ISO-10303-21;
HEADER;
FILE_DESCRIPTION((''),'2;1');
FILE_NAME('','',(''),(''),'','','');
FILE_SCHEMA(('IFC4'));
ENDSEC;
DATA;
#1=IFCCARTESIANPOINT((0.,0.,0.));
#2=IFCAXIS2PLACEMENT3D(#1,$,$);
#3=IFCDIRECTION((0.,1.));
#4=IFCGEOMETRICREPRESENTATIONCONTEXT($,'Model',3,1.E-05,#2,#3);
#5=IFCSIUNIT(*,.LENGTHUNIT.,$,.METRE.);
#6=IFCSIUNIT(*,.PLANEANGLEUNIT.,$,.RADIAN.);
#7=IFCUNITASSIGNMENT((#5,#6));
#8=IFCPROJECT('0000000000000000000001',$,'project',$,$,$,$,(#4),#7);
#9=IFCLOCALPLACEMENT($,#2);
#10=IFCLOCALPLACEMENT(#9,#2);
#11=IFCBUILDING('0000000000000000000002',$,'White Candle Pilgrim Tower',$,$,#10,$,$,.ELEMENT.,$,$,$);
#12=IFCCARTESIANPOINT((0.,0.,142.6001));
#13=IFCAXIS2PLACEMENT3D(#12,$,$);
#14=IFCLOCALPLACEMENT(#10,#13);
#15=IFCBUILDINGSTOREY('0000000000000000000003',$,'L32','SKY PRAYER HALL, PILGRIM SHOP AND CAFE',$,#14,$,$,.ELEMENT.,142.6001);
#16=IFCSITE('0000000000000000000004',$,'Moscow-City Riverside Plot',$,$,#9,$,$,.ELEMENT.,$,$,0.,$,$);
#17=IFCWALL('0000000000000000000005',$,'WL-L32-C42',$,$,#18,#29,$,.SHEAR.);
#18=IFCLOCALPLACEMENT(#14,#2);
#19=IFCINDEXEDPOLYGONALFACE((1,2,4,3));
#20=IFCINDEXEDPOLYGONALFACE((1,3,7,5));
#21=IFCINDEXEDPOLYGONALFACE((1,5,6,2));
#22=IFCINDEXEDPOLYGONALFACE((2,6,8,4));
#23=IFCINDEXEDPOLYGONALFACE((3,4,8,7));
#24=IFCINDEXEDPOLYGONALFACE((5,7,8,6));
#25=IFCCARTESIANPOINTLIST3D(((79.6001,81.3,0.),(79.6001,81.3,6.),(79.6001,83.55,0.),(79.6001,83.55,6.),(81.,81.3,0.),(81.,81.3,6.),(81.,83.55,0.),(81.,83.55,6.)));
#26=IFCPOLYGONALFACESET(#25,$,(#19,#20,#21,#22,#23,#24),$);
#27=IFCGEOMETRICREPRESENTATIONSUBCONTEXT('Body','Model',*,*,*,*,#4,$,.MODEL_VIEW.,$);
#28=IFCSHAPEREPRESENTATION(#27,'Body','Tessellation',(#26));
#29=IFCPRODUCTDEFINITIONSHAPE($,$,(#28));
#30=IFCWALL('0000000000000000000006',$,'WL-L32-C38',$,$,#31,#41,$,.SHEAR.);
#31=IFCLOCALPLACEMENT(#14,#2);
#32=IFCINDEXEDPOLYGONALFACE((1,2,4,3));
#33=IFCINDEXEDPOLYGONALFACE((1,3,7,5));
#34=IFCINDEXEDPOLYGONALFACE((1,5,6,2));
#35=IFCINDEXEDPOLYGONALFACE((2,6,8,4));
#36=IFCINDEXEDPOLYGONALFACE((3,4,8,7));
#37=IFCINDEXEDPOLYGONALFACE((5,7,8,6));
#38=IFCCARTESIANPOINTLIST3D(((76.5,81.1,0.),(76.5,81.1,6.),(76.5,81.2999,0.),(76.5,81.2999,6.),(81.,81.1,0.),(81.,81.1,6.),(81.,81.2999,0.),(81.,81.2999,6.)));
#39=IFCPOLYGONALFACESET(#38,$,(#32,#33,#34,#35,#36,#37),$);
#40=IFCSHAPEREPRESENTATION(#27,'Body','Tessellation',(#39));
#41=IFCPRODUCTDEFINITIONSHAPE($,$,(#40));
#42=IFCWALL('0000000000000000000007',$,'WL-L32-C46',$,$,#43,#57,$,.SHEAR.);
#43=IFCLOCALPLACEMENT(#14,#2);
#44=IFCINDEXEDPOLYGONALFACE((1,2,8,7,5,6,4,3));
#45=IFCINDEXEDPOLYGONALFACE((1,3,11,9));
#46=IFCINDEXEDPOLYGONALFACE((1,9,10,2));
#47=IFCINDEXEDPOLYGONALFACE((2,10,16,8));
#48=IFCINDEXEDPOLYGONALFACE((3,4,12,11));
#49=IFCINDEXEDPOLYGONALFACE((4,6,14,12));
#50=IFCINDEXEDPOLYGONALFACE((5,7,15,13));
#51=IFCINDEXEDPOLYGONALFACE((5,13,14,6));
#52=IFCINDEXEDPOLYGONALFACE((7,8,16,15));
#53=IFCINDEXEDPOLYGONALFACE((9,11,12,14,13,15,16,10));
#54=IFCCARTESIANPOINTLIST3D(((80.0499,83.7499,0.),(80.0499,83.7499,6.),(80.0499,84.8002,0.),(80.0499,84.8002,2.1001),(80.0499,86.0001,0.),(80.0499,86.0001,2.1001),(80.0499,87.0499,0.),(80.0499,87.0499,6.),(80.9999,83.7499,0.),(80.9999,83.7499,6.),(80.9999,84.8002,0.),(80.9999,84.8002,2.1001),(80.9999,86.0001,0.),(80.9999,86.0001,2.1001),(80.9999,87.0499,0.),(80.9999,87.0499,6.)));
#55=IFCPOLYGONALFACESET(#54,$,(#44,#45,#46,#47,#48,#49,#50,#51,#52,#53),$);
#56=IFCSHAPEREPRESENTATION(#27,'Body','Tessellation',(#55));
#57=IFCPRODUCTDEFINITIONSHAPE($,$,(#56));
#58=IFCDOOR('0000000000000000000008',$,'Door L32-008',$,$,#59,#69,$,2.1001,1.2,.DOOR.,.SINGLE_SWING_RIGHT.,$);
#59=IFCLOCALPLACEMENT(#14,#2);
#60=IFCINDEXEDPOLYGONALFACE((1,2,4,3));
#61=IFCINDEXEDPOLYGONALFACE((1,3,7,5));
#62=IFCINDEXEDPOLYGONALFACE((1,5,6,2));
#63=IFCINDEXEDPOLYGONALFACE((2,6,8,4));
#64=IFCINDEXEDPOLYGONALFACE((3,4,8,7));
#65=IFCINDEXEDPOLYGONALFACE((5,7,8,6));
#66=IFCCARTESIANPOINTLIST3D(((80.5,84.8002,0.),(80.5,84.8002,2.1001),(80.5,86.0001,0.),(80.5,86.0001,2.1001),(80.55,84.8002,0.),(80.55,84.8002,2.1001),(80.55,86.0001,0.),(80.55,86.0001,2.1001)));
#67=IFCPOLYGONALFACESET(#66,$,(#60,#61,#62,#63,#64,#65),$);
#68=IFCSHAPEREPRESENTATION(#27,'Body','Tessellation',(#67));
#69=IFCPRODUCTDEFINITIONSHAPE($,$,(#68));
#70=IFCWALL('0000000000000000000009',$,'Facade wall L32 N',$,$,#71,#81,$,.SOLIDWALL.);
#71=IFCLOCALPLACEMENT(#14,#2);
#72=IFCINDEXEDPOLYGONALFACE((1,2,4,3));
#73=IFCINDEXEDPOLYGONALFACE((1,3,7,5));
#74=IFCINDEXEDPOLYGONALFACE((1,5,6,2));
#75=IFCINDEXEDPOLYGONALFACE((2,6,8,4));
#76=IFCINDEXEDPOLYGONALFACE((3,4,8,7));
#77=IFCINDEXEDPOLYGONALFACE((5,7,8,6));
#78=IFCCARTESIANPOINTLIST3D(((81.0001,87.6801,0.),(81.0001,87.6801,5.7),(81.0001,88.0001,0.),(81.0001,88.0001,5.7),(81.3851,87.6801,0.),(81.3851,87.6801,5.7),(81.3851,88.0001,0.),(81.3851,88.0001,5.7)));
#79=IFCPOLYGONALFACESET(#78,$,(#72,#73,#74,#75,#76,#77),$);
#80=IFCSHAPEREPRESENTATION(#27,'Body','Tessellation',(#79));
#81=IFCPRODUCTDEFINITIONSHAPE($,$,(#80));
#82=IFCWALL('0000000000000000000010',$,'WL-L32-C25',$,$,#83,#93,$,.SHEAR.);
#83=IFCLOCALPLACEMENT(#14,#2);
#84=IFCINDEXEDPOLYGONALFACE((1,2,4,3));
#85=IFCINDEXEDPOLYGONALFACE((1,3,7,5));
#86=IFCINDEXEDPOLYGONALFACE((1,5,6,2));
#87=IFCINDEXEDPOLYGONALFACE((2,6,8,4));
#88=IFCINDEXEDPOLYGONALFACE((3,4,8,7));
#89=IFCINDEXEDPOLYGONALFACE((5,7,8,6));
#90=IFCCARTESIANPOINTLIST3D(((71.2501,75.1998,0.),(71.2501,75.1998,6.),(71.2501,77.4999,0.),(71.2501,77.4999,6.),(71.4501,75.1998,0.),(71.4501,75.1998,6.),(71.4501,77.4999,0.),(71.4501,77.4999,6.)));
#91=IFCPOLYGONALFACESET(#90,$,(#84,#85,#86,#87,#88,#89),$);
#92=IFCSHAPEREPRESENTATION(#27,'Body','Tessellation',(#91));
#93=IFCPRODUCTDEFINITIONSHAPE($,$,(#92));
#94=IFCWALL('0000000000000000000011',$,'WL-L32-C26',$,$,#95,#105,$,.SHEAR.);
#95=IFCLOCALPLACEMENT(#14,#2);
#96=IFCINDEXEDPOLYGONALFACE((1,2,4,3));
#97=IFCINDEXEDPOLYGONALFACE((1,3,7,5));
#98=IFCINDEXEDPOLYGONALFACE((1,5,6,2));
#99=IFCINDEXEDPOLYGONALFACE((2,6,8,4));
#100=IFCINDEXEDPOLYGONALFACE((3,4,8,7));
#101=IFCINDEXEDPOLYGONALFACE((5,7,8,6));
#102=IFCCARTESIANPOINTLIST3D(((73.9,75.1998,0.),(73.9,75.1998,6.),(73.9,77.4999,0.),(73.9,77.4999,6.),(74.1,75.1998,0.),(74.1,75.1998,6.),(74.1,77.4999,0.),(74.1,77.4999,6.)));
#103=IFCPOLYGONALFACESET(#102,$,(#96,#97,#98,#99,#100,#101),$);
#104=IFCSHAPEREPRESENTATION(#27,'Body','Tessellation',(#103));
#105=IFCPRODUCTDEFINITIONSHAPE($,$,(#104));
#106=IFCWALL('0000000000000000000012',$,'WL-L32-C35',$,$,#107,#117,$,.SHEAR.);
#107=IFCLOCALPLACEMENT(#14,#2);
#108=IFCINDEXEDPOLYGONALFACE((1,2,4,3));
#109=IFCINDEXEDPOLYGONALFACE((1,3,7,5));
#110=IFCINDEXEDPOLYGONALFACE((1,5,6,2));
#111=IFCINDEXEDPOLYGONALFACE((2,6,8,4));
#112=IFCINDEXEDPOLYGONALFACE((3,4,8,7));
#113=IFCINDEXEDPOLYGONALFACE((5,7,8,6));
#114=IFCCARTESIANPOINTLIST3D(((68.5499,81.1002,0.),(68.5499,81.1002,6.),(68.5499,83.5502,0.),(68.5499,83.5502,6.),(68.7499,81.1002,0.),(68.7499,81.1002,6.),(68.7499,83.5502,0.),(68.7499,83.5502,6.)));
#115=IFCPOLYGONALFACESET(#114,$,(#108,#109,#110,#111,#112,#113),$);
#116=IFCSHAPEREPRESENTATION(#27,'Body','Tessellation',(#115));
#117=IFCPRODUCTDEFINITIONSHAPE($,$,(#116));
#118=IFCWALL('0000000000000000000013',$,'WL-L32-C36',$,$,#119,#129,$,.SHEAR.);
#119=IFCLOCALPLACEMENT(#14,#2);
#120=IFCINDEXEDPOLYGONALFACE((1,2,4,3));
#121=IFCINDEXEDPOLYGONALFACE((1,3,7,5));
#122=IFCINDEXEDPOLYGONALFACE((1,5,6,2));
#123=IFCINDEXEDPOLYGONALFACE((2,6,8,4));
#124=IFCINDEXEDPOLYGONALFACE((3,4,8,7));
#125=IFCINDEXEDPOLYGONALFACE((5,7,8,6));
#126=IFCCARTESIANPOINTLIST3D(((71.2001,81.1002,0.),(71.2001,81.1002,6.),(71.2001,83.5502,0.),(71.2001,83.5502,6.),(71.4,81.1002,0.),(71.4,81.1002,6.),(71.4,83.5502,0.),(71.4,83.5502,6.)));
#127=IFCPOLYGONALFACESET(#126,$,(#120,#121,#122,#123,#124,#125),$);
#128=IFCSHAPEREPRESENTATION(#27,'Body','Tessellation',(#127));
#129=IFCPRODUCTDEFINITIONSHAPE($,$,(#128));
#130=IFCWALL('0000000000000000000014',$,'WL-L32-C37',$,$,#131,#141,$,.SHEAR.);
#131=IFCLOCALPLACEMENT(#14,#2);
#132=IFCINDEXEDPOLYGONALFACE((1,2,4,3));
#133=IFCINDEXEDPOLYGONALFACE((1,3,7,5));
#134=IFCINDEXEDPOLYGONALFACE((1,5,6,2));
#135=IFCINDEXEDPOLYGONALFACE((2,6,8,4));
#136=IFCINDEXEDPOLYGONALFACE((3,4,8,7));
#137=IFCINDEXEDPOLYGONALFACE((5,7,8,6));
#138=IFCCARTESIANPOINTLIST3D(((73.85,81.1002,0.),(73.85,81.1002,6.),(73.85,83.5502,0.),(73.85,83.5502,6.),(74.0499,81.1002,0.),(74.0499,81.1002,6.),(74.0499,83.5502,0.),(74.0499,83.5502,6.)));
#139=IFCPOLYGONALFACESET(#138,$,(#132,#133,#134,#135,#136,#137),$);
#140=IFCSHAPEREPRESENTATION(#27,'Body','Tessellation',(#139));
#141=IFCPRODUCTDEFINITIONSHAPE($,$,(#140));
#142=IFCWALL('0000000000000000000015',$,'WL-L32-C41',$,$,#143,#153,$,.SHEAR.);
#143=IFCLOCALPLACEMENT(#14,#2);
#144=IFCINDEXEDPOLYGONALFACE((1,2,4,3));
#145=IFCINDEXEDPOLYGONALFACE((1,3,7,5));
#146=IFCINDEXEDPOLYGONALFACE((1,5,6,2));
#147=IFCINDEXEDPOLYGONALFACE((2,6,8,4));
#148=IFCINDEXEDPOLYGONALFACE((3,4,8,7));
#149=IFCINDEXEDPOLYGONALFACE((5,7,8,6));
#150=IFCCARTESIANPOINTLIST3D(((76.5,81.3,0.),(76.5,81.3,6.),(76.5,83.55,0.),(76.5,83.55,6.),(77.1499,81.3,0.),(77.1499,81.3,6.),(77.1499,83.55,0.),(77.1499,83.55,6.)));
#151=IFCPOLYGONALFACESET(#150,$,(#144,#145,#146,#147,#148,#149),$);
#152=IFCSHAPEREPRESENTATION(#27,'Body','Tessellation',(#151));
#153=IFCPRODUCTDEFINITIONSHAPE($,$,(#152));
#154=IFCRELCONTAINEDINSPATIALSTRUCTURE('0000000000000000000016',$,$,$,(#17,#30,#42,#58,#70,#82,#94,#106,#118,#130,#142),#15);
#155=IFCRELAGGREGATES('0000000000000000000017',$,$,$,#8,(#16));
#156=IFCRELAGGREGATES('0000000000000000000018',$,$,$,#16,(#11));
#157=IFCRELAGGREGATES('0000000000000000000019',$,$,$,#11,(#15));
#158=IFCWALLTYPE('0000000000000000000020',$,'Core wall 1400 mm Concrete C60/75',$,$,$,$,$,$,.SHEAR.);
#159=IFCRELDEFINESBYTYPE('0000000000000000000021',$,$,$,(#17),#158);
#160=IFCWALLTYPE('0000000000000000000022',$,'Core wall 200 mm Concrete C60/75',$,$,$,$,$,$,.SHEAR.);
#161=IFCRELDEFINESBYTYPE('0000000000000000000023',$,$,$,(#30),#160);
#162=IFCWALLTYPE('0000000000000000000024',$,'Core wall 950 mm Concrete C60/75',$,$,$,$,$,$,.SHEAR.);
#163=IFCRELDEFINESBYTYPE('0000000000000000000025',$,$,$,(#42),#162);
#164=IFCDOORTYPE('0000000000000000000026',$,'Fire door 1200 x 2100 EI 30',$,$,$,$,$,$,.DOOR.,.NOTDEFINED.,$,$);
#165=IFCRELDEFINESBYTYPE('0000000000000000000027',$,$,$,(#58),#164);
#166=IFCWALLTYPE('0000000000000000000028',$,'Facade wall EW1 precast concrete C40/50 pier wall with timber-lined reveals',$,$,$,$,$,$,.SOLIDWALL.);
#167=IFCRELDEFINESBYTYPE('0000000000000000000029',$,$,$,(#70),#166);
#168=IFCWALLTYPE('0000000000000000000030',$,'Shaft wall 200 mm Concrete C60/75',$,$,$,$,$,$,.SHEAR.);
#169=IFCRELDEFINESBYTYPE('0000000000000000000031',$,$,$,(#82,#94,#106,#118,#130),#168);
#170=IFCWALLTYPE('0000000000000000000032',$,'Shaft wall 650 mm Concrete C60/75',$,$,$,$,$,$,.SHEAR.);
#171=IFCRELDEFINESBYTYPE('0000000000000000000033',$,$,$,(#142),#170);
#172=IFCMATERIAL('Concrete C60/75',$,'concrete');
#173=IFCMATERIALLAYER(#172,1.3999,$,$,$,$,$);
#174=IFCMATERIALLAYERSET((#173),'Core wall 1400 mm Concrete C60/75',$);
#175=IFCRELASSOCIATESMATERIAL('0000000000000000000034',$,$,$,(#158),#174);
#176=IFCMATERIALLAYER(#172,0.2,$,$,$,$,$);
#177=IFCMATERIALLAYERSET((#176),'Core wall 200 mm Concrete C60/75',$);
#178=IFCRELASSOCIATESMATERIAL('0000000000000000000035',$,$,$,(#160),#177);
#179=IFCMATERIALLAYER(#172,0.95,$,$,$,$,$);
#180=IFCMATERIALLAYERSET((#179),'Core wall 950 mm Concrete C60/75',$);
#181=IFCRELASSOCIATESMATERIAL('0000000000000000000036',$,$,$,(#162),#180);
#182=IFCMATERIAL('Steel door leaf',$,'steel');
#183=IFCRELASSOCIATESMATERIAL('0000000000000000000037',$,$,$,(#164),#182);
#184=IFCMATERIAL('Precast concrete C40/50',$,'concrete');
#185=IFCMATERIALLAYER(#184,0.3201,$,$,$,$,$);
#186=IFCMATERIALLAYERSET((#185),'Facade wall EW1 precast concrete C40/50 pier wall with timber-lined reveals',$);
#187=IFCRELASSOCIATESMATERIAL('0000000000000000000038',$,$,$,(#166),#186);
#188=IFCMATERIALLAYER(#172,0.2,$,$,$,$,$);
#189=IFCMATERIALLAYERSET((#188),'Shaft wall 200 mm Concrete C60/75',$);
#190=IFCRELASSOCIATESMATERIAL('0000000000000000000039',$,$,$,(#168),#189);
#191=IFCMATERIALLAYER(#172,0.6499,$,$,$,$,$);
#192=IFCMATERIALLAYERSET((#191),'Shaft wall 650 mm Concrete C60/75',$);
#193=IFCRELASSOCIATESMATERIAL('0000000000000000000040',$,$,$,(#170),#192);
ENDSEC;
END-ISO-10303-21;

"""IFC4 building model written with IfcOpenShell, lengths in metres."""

from ifc_helpers import new_model, si_unit, direction, frame, frame_2d, origin, place, context, subcontext, project, spatial, rectangle, extrude, material, layer, layer_set, type_object, element, fill, save


model = new_model("IFC4")

# Units and contexts
model_context = context("Model", 3, precision=1e-05, world=origin(), true_north=direction((0.0, 1.0)))
body_context = subcontext(model_context, "Body", "Model", "MODEL_VIEW")
ifc_project = project(units=[si_unit("LENGTHUNIT", "METRE"), si_unit("PLANEANGLEUNIT", "RADIAN")], contexts=[model_context])

# Site, building, storey
site_placement = place(None, origin())
site = spatial("IfcSite", under=ifc_project, at=site_placement, Name="Moscow-City Riverside Plot", CompositionType="ELEMENT", RefElevation=0.0)
building_placement = place(site_placement, origin())
building = spatial("IfcBuilding", under=site, at=building_placement, Name="White Candle Pilgrim Tower", CompositionType="ELEMENT")
storey_placement = place(building_placement, frame((0.0, 0.0, 142.6001)))
storey = spatial("IfcBuildingStorey", under=building, at=storey_placement, Name="L32", Description="SKY PRAYER HALL, PILGRIM SHOP AND CAFE", CompositionType="ELEMENT", Elevation=142.6001)

# Walls
ifc_material_1 = material(Name="Concrete C60/75", Category="concrete")
ifc_layer_1 = layer(ifc_material_1, 1.3999)
ifc_layer_set_1 = layer_set([ifc_layer_1], Name="Core wall 1400 mm Concrete C60/75")
wall_type_1 = type_object("IfcWallType", Name="Core wall 1400 mm Concrete C60/75", PredefinedType="SHEAR", material=ifc_layer_set_1)
wall_1_placement = place(storey_placement, frame((80.3, 81.3, 0.0), z_axis=(0.0, 0.0, 1.0), x_axis=(0.0, 1.0, 0.0)))
element("IfcWall", 1, at=wall_1_placement, inside=storey, type_object=wall_type_1, Name="WL-L32-C42", PredefinedType="SHEAR", context=body_context, shape_type="SweptSolid", body=[
    extrude(rectangle(XDim=2.25, YDim=1.3999, at=frame_2d((1.125, 0.0))), origin(), (0.0, 0.0, 1.0), 6.0),
])
ifc_layer_2 = layer(ifc_material_1, 0.2)
ifc_layer_set_2 = layer_set([ifc_layer_2], Name="Core wall 200 mm Concrete C60/75")
wall_type_2 = type_object("IfcWallType", Name="Core wall 200 mm Concrete C60/75", PredefinedType="SHEAR", material=ifc_layer_set_2)
wall_2_placement = place(storey_placement, frame((76.5, 81.2, 0.0), z_axis=(0.0, 0.0, 1.0), x_axis=(1.0, 0.0, 0.0)))
element("IfcWall", 2, at=wall_2_placement, inside=storey, type_object=wall_type_2, Name="WL-L32-C38", PredefinedType="SHEAR", context=body_context, shape_type="SweptSolid", body=[
    extrude(rectangle(XDim=4.5, YDim=0.2, at=frame_2d((2.25, 0.0))), origin(), (0.0, 0.0, 1.0), 6.0),
])

# Wall, opening, door
ifc_layer_3 = layer(ifc_material_1, 0.95)
ifc_layer_set_3 = layer_set([ifc_layer_3], Name="Core wall 950 mm Concrete C60/75")
wall_type_3 = type_object("IfcWallType", Name="Core wall 950 mm Concrete C60/75", PredefinedType="SHEAR", material=ifc_layer_set_3)
wall_3_placement = place(storey_placement, frame((80.5249, 83.75, 0.0), z_axis=(0.0, 0.0, 1.0), x_axis=(0.0, 1.0, 0.0)))
wall_3 = element("IfcWall", 3, at=wall_3_placement, inside=storey, type_object=wall_type_3, Name="WL-L32-C46", PredefinedType="SHEAR", context=body_context, shape_type="SweptSolid", body=[
    extrude(rectangle(XDim=3.3, YDim=0.95, at=frame_2d((1.6499, 0.0))), origin(), (0.0, 0.0, 1.0), 6.0),
])
opening_1_placement = place(wall_3_placement, frame((1.05, 0.0, 0.0)))
opening_1 = element("IfcOpeningElement", 4, at=opening_1_placement, cuts=wall_3, PredefinedType="OPENING", context=body_context, shape_type="SweptSolid", body=[
    extrude(rectangle(XDim=1.2, YDim=2.1001, at=frame_2d((0.6001, 1.05))), frame((0.0, 0.4849, 0.0), z_axis=(0.0, -1.0, 0.0), x_axis=(1.0, 0.0, 0.0)), (0.0, 0.0, 1.0), 0.97),
])
ifc_material_2 = material(Name="Steel door leaf", Category="steel")
door_type_1 = type_object("IfcDoorType", Name="Fire door 1200 x 2100 EI 30", OperationType="NOTDEFINED", PredefinedType="DOOR", material=ifc_material_2)
door_1_placement = place(opening_1_placement, origin())
door_1 = element("IfcDoor", 5, at=door_1_placement, inside=storey, type_object=door_type_1, Name="Door L32-008", OperationType="SINGLE_SWING_RIGHT", OverallHeight=2.1001, OverallWidth=1.2, PredefinedType="DOOR", context=body_context, shape_type="SweptSolid", body=[
    extrude(rectangle(XDim=1.2, YDim=2.1001, at=frame_2d((0.6001, 1.05))), frame((0.0, 0.0249, 0.0), z_axis=(0.0, -1.0, 0.0), x_axis=(1.0, 0.0, 0.0)), (0.0, 0.0, 1.0), 0.05),
])
fill(opening_1, door_1)

# Walls
ifc_material_3 = material(Name="Precast concrete C40/50", Category="concrete")
ifc_layer_4 = layer(ifc_material_3, 0.3201)
ifc_layer_set_4 = layer_set([ifc_layer_4], Name="Facade wall EW1 precast concrete C40/50 pier wall with timber-lined reveals")
wall_type_4 = type_object("IfcWallType", Name="Facade wall EW1 precast concrete C40/50 pier wall with timber-lined reveals", PredefinedType="SOLIDWALL", material=ifc_layer_set_4)
wall_4_placement = place(storey_placement, frame((81.385, 87.8401, 0.0), z_axis=(0.0, 0.0, 1.0), x_axis=(-1.0, 0.0, 0.0)))
element("IfcWall", 6, at=wall_4_placement, inside=storey, type_object=wall_type_4, Name="Facade wall L32 N", PredefinedType="SOLIDWALL", context=body_context, shape_type="SweptSolid", body=[
    extrude(rectangle(XDim=0.385, YDim=0.3201, at=frame_2d((0.1924, 0.0))), origin(), (0.0, 0.0, 1.0), 5.7),
])
ifc_layer_5 = layer(ifc_material_1, 0.2)
ifc_layer_set_5 = layer_set([ifc_layer_5], Name="Shaft wall 200 mm Concrete C60/75")
wall_type_5 = type_object("IfcWallType", Name="Shaft wall 200 mm Concrete C60/75", PredefinedType="SHEAR", material=ifc_layer_set_5)
for number, where, z_axis, x_axis, name in (
    (7, (71.3501, 75.2, 0.0), (0.0, 0.0, 1.0), (0.0, 1.0, 0.0), "WL-L32-C25"),
    (8, (74.0, 75.2, 0.0), (0.0, 0.0, 1.0), (0.0, 1.0, 0.0), "WL-L32-C26"),
):
    element("IfcWall", number, at=place(storey_placement, frame(where, z_axis=z_axis, x_axis=x_axis)), inside=storey, type_object=wall_type_5, Name=name, PredefinedType="SHEAR", context=body_context, shape_type="SweptSolid", body=[
        extrude(rectangle(XDim=2.3, YDim=0.2, at=frame_2d((1.1499, 0.0))), origin(), (0.0, 0.0, 1.0), 6.0),
    ])
for number, where, z_axis, x_axis, name in (
    (9, (68.6499, 81.1001, 0.0), (0.0, 0.0, 1.0), (0.0, 1.0, 0.0), "WL-L32-C35"),
    (10, (71.3, 81.1001, 0.0), (0.0, 0.0, 1.0), (0.0, 1.0, 0.0), "WL-L32-C36"),
    (11, (73.95, 81.1001, 0.0), (0.0, 0.0, 1.0), (0.0, 1.0, 0.0), "WL-L32-C37"),
):
    element("IfcWall", number, at=place(storey_placement, frame(where, z_axis=z_axis, x_axis=x_axis)), inside=storey, type_object=wall_type_5, Name=name, PredefinedType="SHEAR", context=body_context, shape_type="SweptSolid", body=[
        extrude(rectangle(XDim=2.45, YDim=0.2, at=frame_2d((1.2251, 0.0))), origin(), (0.0, 0.0, 1.0), 6.0),
    ])
ifc_layer_6 = layer(ifc_material_1, 0.6499)
ifc_layer_set_6 = layer_set([ifc_layer_6], Name="Shaft wall 650 mm Concrete C60/75")
wall_type_6 = type_object("IfcWallType", Name="Shaft wall 650 mm Concrete C60/75", PredefinedType="SHEAR", material=ifc_layer_set_6)
wall_5_placement = place(storey_placement, frame((76.825, 81.3, 0.0), z_axis=(0.0, 0.0, 1.0), x_axis=(0.0, 1.0, 0.0)))
element("IfcWall", 12, at=wall_5_placement, inside=storey, type_object=wall_type_6, Name="WL-L32-C41", PredefinedType="SHEAR", context=body_context, shape_type="SweptSolid", body=[
    extrude(rectangle(XDim=2.25, YDim=0.6499, at=frame_2d((1.125, 0.0))), origin(), (0.0, 0.0, 1.0), 6.0),
])

save(model, "model.ifc")
